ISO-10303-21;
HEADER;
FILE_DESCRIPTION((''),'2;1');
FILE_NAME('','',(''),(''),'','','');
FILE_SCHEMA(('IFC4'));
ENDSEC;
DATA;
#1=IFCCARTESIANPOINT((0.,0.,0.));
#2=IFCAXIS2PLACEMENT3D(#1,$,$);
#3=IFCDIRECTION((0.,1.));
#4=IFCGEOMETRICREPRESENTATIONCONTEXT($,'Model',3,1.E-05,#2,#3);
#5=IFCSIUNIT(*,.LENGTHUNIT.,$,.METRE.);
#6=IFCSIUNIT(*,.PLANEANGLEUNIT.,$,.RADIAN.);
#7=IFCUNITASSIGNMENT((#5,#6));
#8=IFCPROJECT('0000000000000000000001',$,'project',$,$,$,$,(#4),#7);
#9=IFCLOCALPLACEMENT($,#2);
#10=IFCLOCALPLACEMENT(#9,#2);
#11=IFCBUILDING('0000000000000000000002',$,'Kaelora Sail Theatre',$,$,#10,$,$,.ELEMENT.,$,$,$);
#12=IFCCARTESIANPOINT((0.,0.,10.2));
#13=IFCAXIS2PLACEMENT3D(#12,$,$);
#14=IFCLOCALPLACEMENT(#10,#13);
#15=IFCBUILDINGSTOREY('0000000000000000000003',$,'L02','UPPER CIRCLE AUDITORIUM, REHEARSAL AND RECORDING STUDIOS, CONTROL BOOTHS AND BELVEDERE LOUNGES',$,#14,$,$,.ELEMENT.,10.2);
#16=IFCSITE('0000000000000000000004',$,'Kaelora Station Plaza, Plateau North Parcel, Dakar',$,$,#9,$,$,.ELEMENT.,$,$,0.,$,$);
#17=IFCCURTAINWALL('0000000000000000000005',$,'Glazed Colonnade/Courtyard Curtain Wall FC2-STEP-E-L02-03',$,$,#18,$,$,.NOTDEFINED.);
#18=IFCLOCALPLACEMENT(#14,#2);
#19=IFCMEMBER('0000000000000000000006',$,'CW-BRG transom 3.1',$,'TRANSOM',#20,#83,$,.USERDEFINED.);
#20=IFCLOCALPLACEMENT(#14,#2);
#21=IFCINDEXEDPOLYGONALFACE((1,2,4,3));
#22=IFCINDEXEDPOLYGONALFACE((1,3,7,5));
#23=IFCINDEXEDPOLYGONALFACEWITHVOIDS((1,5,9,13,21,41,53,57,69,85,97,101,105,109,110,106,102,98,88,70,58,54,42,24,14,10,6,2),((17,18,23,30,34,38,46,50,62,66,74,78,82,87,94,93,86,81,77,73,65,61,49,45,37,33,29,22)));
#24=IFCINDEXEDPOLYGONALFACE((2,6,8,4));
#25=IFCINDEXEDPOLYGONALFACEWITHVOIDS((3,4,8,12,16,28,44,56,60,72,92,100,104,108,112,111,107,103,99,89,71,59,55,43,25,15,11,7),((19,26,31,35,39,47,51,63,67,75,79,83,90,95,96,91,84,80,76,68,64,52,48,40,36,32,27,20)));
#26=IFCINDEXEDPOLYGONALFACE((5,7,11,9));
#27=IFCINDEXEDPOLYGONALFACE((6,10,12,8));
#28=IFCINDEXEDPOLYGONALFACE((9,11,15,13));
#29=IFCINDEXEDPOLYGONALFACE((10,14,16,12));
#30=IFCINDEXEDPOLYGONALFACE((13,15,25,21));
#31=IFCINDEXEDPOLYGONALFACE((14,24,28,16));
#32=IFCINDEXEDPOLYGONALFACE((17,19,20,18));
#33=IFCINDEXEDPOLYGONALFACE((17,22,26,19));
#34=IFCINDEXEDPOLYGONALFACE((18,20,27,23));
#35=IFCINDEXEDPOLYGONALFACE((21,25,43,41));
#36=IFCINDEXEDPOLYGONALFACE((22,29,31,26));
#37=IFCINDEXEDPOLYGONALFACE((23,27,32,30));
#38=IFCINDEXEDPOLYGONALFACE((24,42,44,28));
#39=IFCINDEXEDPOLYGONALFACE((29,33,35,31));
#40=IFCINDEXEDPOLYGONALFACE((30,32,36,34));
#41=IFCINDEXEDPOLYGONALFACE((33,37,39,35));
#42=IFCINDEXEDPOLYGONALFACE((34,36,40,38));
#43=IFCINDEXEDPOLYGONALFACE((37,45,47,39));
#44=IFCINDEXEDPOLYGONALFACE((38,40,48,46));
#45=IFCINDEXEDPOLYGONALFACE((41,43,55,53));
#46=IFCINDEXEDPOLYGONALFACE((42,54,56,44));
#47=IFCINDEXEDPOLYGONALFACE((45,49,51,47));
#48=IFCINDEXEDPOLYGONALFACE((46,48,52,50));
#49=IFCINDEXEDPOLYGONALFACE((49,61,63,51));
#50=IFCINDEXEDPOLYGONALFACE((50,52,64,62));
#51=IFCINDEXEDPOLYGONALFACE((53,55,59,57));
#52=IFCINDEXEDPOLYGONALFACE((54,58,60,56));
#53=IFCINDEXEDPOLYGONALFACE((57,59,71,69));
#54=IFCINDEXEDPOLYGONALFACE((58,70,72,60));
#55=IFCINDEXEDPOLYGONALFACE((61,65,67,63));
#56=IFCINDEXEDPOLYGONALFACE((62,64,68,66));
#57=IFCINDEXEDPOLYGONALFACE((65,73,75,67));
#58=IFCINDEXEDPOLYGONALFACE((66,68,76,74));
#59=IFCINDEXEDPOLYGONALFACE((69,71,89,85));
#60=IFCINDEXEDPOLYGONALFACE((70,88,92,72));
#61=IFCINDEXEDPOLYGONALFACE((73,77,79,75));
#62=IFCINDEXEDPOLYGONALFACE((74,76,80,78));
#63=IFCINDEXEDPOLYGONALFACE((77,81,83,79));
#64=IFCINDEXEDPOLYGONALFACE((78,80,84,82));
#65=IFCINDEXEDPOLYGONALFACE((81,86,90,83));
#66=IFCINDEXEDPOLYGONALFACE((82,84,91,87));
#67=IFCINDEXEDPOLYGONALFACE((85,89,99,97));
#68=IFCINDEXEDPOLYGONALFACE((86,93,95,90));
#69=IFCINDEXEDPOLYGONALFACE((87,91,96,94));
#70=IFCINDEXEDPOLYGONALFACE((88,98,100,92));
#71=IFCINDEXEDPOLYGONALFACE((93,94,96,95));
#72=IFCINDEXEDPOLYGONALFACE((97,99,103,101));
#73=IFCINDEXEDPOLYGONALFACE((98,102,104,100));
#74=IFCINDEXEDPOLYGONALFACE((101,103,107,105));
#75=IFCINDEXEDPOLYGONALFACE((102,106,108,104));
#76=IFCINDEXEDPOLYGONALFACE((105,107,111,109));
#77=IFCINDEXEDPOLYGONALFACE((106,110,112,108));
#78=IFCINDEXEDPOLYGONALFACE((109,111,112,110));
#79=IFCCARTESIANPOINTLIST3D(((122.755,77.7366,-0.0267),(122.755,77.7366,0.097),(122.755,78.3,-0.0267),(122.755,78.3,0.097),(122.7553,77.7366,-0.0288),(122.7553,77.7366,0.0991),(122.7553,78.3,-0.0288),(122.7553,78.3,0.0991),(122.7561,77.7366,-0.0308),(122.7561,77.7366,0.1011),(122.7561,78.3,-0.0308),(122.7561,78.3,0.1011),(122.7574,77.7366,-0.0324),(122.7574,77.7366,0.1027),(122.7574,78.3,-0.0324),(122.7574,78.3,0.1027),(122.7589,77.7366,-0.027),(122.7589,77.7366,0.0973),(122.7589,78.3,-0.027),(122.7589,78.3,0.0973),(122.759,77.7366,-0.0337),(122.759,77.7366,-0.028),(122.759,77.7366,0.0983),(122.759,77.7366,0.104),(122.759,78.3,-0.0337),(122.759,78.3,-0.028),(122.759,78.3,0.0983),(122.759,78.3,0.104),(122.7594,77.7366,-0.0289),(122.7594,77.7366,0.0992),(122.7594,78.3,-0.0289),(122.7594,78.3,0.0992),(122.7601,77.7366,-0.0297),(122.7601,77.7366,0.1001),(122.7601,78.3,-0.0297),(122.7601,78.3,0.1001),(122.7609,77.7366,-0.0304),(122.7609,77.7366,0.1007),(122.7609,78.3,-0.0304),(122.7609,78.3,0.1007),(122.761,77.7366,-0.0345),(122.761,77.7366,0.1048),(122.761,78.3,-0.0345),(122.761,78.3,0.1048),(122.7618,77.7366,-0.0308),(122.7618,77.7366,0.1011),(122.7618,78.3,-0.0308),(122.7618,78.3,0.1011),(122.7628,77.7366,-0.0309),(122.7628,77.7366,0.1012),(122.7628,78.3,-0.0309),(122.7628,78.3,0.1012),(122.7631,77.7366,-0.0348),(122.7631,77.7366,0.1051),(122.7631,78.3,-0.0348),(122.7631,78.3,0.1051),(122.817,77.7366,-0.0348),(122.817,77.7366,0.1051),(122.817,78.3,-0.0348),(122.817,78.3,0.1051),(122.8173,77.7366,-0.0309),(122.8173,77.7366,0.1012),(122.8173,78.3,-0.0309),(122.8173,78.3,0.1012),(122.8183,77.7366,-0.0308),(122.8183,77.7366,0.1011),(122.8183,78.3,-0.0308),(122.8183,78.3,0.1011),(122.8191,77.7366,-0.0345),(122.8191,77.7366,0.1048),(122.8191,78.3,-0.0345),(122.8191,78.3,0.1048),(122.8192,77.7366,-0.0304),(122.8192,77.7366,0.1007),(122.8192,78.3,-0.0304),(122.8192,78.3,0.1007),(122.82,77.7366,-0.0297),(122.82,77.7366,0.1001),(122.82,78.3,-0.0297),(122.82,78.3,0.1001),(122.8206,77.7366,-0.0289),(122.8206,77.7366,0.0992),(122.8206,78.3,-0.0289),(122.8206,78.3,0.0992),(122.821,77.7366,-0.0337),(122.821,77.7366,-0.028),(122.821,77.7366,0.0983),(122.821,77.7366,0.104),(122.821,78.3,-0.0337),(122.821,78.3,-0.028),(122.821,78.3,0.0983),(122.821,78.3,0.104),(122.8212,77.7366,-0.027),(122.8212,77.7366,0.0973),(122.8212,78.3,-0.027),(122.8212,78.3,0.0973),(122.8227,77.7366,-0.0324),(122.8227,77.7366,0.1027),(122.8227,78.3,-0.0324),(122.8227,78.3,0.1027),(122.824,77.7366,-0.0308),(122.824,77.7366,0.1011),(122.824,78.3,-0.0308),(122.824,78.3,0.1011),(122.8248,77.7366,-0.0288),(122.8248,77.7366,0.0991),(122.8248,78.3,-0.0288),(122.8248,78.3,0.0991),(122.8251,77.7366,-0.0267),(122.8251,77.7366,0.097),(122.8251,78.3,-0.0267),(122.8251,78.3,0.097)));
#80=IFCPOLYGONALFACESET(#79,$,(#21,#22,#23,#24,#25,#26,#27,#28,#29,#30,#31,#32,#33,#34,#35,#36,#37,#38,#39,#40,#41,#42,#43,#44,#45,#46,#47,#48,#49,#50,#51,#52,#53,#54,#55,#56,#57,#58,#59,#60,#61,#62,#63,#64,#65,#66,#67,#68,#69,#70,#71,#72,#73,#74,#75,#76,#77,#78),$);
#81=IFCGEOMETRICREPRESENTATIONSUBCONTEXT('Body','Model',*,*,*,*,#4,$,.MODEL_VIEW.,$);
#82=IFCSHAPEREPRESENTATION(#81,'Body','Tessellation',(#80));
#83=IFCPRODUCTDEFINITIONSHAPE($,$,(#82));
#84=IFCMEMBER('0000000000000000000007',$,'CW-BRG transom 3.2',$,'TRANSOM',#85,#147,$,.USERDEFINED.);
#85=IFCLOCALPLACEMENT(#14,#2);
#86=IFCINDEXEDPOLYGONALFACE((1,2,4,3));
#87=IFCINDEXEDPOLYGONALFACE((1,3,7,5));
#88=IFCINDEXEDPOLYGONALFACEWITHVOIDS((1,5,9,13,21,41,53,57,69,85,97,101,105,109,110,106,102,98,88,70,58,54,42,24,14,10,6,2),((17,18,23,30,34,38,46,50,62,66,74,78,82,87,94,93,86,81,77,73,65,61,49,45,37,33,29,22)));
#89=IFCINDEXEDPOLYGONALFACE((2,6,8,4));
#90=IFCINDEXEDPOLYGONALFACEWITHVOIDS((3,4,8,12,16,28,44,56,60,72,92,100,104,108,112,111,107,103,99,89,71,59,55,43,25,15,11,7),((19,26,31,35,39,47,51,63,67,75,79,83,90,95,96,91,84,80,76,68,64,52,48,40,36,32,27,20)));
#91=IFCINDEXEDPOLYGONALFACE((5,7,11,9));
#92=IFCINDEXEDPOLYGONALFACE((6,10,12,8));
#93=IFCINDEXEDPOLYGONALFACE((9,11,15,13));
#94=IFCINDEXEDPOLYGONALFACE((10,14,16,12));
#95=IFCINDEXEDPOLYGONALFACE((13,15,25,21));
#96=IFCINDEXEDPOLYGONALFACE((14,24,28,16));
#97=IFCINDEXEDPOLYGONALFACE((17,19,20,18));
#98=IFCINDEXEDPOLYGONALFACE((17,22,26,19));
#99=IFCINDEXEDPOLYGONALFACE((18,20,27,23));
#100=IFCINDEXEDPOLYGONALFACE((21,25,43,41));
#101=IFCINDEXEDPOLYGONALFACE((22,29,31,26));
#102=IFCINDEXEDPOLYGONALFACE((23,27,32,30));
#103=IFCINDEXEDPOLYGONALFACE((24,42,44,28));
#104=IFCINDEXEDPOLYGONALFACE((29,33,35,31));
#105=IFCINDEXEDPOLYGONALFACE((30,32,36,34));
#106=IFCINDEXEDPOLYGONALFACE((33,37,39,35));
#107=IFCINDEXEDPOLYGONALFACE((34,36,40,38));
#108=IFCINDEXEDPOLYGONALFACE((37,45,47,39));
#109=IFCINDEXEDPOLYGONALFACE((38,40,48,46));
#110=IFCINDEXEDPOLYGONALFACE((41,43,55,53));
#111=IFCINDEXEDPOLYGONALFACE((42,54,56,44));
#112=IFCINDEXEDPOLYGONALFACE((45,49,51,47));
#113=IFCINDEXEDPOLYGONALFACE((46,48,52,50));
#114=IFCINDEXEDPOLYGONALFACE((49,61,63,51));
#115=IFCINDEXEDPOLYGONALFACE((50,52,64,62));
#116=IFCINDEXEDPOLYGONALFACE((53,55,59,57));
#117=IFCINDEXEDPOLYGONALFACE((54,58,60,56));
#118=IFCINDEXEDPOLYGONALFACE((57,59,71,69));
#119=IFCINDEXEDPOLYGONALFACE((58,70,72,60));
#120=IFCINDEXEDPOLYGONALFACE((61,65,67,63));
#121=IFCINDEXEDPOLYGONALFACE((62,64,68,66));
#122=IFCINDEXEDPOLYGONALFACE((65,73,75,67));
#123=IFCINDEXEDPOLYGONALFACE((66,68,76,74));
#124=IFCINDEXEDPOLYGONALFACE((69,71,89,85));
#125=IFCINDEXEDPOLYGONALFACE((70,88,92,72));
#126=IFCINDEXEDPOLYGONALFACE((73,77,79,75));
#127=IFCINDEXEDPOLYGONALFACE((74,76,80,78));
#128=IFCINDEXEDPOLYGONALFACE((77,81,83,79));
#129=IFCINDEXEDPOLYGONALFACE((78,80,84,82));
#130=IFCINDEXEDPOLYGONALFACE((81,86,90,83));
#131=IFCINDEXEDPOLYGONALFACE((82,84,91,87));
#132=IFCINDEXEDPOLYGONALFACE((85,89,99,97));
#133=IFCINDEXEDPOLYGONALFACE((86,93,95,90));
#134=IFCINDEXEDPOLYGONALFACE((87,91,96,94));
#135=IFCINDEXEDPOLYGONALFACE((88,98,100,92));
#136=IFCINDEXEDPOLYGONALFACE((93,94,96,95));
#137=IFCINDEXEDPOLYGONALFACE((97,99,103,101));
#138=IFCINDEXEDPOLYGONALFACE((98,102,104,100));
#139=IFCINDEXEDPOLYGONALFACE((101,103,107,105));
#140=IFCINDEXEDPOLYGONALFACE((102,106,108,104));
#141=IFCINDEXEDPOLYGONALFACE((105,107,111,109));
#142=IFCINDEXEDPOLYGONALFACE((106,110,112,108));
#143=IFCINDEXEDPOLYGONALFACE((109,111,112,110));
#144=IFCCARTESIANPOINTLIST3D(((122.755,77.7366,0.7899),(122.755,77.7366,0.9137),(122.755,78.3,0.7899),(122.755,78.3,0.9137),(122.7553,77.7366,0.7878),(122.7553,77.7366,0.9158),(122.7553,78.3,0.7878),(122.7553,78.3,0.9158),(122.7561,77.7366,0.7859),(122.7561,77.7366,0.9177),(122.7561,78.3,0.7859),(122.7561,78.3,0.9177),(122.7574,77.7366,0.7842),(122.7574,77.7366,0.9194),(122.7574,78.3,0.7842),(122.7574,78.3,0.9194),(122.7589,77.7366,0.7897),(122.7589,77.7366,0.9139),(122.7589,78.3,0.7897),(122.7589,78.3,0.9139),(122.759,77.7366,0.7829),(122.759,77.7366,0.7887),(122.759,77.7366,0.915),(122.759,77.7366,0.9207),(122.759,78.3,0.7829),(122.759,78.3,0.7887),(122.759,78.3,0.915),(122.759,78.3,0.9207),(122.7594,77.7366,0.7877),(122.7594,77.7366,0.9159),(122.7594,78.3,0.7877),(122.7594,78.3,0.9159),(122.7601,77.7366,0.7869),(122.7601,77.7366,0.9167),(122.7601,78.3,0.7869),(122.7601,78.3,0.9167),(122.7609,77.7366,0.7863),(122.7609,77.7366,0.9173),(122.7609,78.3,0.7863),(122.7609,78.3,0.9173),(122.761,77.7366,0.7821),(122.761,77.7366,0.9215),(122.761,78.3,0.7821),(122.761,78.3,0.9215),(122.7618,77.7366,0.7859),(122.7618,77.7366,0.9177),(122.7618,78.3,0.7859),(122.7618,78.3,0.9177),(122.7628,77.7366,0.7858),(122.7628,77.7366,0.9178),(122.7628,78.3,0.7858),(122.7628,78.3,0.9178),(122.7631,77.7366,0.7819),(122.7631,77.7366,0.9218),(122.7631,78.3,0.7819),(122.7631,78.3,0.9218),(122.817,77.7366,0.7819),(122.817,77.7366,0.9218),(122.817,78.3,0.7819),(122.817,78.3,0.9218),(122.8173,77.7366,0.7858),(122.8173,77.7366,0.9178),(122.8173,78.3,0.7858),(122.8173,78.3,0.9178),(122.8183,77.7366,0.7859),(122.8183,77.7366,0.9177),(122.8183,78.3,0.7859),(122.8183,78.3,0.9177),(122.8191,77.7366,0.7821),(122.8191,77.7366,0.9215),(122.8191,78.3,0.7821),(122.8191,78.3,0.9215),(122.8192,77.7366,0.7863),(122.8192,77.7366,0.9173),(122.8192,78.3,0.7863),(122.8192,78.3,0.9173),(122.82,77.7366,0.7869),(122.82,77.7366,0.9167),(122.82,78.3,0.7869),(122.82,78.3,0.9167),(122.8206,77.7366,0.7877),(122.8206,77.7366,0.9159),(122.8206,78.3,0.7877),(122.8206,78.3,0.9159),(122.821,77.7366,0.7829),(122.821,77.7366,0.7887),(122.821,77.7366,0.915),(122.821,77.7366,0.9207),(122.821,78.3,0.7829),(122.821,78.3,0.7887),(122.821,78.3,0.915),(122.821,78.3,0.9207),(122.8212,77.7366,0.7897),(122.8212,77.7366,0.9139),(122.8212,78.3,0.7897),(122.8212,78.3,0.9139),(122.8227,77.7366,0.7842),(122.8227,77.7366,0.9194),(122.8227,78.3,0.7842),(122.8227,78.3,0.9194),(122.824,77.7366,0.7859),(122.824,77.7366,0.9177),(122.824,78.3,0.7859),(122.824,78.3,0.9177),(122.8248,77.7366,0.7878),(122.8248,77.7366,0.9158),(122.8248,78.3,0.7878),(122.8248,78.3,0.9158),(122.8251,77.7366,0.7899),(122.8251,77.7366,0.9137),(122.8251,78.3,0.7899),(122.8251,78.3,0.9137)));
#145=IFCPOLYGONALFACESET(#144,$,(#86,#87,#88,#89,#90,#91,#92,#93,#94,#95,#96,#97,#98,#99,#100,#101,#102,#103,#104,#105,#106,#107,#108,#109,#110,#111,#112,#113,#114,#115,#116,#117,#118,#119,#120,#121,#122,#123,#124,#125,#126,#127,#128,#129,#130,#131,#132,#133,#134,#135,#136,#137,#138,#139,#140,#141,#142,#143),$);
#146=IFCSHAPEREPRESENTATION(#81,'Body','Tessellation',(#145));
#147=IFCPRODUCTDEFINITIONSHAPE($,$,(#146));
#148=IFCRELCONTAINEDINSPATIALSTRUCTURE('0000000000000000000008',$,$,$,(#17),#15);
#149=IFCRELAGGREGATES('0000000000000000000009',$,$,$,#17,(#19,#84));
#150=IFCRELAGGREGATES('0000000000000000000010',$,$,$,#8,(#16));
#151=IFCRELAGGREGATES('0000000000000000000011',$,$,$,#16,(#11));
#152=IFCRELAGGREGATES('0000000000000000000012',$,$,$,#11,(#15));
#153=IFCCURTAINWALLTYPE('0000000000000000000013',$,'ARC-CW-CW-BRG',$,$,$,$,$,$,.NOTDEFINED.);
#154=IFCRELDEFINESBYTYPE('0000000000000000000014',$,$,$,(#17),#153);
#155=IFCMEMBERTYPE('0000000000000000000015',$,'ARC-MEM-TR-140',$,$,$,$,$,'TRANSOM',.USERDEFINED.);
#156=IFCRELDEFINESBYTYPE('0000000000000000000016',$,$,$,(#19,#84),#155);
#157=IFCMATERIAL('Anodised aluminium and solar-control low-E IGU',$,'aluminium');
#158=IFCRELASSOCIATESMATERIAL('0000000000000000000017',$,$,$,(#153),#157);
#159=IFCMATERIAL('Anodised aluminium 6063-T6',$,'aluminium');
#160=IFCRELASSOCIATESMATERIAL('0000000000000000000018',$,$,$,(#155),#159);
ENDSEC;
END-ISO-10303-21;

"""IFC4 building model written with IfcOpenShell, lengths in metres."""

from ifc_helpers import new_model, si_unit, direction, frame, origin, origin_2d, place, context, subcontext, project, spatial, hollow_rectangle, extrude, material, material_profile, profile_set, type_object, element, aggregate, save


model = new_model("IFC4")

# Units and contexts
model_context = context("Model", 3, precision=1e-05, world=origin(), true_north=direction((0.0, 1.0)))
body_context = subcontext(model_context, "Body", "Model", "MODEL_VIEW")
ifc_project = project(units=[si_unit("LENGTHUNIT", "METRE"), si_unit("PLANEANGLEUNIT", "RADIAN")], contexts=[model_context])

# Site, building, storey
site_placement = place(None, origin())
site = spatial("IfcSite", under=ifc_project, at=site_placement, Name="Kaelora Station Plaza, Plateau North Parcel, Dakar", CompositionType="ELEMENT", RefElevation=0.0)
building_placement = place(site_placement, origin())
building = spatial("IfcBuilding", under=site, at=building_placement, Name="Kaelora Sail Theatre", CompositionType="ELEMENT")
storey_placement = place(building_placement, frame((0.0, 0.0, 10.2)))
storey = spatial("IfcBuildingStorey", under=building, at=storey_placement, Name="L02", Description="UPPER CIRCLE AUDITORIUM, REHEARSAL AND RECORDING STUDIOS, CONTROL BOOTHS AND BELVEDERE LOUNGES", CompositionType="ELEMENT", Elevation=10.2)

# Curtain wall, members
ifc_material_1 = material(Name="Anodised aluminium and solar-control low-E IGU", Category="aluminium")
curtain_wall_type = type_object("IfcCurtainWallType", Name="ARC-CW-CW-BRG", PredefinedType="NOTDEFINED", material=ifc_material_1)
curtain_wall_placement = place(storey_placement, origin())
curtain_wall = element("IfcCurtainWall", 1, at=curtain_wall_placement, inside=storey, type_object=curtain_wall_type, Name="Glazed Colonnade/Courtyard Curtain Wall FC2-STEP-E-L02-03", PredefinedType="NOTDEFINED")
ifc_material_2 = material(Name="Anodised aluminium 6063-T6", Category="aluminium")
ifc_material_profile_1 = material_profile(ifc_material_2, hollow_rectangle(XDim=0.0701, YDim=0.1399, WallThickness=0.0039, InnerFilletRadius=0.0039, OuterFilletRadius=0.0081, at=origin_2d()), Name="ALU-TRAN 70x140x4")
ifc_profile_set_1 = profile_set([ifc_material_profile_1], Name="Anodised aluminium 6063-T6")
member_type_1 = type_object("IfcMemberType", Name="ARC-MEM-TR-140", ElementType="TRANSOM", PredefinedType="USERDEFINED", material=ifc_profile_set_1)
member_1_placement = place(storey_placement, frame((122.79, 77.7366, 0.0352), z_axis=(0.0, 1.0, 0.0), x_axis=(-1.0, 0.0, 0.0)))
member_1 = element("IfcMember", 2, at=member_1_placement, type_object=member_type_1, Name="CW-BRG transom 3.1", ObjectType="TRANSOM", PredefinedType="USERDEFINED", context=body_context, shape_type="SweptSolid", body=[
    extrude(hollow_rectangle(XDim=0.0701, YDim=0.1399, WallThickness=0.0039, InnerFilletRadius=0.0039, OuterFilletRadius=0.0081, at=origin_2d()), origin(), (0.0, 0.0, 1.0), 0.5635),
])
member_2_placement = place(storey_placement, frame((122.79, 77.7366, 0.8518), z_axis=(0.0, 1.0, 0.0), x_axis=(-1.0, 0.0, 0.0)))
member_2 = element("IfcMember", 3, at=member_2_placement, type_object=member_type_1, Name="CW-BRG transom 3.2", ObjectType="TRANSOM", PredefinedType="USERDEFINED", context=body_context, shape_type="SweptSolid", body=[
    extrude(hollow_rectangle(XDim=0.0701, YDim=0.1399, WallThickness=0.0039, InnerFilletRadius=0.0039, OuterFilletRadius=0.0081, at=origin_2d()), origin(), (0.0, 0.0, 1.0), 0.5635),
])
aggregate(curtain_wall, [member_1, member_2])

save(model, "model.ifc")
